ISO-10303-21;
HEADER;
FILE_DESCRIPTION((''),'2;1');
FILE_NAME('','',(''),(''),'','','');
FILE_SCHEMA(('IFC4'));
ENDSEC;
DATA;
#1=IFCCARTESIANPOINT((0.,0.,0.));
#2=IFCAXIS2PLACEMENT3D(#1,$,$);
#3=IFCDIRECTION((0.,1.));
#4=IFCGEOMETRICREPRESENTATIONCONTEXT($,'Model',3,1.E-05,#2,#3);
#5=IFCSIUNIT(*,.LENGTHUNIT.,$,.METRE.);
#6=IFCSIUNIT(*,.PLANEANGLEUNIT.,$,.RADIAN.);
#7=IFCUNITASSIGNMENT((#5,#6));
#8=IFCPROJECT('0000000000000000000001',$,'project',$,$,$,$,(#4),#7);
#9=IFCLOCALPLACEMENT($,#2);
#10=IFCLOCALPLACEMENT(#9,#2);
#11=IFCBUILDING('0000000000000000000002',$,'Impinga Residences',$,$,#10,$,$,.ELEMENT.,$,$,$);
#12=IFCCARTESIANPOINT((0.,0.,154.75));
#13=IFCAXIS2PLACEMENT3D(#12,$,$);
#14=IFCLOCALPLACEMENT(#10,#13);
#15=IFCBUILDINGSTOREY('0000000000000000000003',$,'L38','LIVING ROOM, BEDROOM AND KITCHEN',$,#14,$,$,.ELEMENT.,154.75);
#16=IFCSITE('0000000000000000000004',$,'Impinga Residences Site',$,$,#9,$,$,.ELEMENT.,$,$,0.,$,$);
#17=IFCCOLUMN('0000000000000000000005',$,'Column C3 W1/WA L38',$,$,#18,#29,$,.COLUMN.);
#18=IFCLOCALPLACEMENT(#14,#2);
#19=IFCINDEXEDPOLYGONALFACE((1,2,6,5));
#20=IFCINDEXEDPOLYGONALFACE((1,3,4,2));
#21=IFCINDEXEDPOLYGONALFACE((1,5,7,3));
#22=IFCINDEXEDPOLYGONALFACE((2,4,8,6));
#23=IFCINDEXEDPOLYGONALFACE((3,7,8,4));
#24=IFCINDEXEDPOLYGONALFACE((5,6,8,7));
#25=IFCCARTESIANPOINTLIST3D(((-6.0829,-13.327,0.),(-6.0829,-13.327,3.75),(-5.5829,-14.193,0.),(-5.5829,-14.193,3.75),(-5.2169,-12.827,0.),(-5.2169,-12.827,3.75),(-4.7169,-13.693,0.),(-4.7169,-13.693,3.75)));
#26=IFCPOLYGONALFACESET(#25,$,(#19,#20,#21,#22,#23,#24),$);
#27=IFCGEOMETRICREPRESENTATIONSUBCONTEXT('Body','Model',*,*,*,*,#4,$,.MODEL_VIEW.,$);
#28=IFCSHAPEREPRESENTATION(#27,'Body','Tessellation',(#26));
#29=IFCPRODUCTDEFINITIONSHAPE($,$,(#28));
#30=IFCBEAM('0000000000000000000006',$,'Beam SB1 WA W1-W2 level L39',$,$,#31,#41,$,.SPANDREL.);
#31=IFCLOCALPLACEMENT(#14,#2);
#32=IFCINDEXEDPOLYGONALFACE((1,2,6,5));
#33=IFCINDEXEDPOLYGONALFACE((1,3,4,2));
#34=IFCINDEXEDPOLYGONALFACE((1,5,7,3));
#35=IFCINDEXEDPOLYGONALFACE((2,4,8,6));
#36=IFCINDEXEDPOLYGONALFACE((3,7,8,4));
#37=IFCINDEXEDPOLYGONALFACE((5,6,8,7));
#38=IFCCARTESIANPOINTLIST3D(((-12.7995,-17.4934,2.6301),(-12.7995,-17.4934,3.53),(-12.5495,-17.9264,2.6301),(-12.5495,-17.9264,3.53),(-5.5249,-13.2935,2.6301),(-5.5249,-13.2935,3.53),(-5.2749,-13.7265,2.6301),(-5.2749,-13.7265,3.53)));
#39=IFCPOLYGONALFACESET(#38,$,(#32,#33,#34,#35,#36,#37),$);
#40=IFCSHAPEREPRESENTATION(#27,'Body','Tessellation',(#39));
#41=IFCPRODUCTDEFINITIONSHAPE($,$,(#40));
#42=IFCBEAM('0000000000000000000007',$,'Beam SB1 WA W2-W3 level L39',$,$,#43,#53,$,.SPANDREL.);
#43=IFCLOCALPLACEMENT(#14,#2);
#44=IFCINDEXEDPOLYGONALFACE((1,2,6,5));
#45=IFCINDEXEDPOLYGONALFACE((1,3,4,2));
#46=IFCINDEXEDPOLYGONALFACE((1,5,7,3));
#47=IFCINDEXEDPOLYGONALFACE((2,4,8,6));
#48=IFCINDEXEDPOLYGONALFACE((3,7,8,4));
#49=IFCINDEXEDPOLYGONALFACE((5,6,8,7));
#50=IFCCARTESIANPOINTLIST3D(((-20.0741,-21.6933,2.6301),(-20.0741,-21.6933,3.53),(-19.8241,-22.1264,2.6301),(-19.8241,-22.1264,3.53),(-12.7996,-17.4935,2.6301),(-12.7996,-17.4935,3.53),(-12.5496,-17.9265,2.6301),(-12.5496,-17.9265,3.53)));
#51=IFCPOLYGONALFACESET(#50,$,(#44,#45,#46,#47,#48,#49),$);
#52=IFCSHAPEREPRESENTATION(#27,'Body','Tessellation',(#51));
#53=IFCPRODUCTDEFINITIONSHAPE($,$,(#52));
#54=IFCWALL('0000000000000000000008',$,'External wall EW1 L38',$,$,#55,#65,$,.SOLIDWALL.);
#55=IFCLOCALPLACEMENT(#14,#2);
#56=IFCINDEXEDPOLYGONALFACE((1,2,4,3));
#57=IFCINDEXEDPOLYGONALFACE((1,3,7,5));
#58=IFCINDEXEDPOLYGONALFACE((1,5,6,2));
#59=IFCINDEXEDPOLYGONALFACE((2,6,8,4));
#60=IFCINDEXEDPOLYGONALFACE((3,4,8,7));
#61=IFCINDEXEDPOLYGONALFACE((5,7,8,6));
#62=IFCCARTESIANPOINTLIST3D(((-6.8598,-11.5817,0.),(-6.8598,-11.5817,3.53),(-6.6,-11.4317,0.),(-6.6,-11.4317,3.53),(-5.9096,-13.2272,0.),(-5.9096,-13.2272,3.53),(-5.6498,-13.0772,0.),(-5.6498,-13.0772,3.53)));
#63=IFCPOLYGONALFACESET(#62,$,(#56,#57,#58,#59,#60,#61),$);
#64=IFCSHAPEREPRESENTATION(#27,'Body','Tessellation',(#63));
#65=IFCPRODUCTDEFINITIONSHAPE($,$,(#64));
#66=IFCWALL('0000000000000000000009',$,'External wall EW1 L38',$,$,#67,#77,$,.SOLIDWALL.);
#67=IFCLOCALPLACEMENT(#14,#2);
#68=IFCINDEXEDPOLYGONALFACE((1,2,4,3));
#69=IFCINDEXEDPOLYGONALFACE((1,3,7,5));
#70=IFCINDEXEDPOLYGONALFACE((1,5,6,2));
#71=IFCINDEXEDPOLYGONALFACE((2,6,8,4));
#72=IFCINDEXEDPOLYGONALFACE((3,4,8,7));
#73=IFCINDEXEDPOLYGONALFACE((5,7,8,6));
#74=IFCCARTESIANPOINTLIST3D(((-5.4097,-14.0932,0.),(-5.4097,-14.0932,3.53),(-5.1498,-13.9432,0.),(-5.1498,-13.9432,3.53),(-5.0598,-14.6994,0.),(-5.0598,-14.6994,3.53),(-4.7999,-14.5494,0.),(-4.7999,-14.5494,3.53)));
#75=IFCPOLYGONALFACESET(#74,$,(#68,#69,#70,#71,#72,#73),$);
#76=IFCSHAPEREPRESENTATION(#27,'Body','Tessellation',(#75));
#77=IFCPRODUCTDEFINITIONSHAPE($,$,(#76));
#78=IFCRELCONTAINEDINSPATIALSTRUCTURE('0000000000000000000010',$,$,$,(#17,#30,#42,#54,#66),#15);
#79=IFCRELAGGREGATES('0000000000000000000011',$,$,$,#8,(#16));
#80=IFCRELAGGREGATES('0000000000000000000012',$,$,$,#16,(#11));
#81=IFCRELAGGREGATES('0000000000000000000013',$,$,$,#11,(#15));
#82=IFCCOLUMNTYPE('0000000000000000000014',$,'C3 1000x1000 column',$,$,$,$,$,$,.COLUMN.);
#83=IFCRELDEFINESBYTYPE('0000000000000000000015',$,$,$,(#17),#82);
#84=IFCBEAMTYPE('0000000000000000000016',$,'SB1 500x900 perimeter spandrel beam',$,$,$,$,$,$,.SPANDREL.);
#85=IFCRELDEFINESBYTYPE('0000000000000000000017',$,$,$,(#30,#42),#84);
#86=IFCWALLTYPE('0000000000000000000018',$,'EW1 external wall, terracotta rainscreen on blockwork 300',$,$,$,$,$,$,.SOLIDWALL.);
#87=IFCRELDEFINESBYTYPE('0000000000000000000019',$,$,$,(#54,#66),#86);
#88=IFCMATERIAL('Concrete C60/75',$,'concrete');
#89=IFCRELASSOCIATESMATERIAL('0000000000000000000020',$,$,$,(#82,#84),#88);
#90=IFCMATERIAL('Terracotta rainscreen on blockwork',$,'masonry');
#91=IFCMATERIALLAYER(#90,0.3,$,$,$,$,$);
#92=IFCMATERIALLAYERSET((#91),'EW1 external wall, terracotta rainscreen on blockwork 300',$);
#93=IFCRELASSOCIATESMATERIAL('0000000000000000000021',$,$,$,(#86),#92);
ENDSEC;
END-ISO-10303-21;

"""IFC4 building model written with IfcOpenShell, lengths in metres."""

from ifc_helpers import new_model, si_unit, direction, frame, frame_2d, origin, origin_2d, place, context, subcontext, project, spatial, rectangle, extrude, material, layer, layer_set, material_profile, profile_set, type_object, element, save


model = new_model("IFC4")

# Units and contexts
model_context = context("Model", 3, precision=1e-05, world=origin(), true_north=direction((0.0, 1.0)))
body_context = subcontext(model_context, "Body", "Model", "MODEL_VIEW")
ifc_project = project(units=[si_unit("LENGTHUNIT", "METRE"), si_unit("PLANEANGLEUNIT", "RADIAN")], contexts=[model_context])

# Site, building, storey
site_placement = place(None, origin())
site = spatial("IfcSite", under=ifc_project, at=site_placement, Name="Impinga Residences Site", CompositionType="ELEMENT", RefElevation=0.0)
building_placement = place(site_placement, origin())
building = spatial("IfcBuilding", under=site, at=building_placement, Name="Impinga Residences", CompositionType="ELEMENT")
storey_placement = place(building_placement, frame((0.0, 0.0, 154.75)))
storey = spatial("IfcBuildingStorey", under=building, at=storey_placement, Name="L38", Description="LIVING ROOM, BEDROOM AND KITCHEN", CompositionType="ELEMENT", Elevation=154.75)

# Column
ifc_material_1 = material(Name="Concrete C60/75", Category="concrete")
ifc_material_profile_1 = material_profile(ifc_material_1, rectangle(XDim=1.0, YDim=1.0, at=origin_2d()), Name="RC 1000x1000")
ifc_profile_set_1 = profile_set([ifc_material_profile_1], Name="Concrete C60/75")
column_type = type_object("IfcColumnType", Name="C3 1000x1000 column", PredefinedType="COLUMN", material=ifc_profile_set_1)
column_placement = place(storey_placement, frame((-5.3999, -13.51, 0.0), z_axis=(0.0, 0.0, 1.0), x_axis=(-0.5, 0.866025, 0.0)))
element("IfcColumn", 1, at=column_placement, inside=storey, type_object=column_type, Name="Column C3 W1/WA L38", PredefinedType="COLUMN", context=body_context, shape_type="SweptSolid", body=[
    extrude(rectangle(XDim=1.0, YDim=1.0, at=origin_2d()), origin(), (0.0, 0.0, 1.0), 3.75),
])

# Beams
ifc_material_profile_2 = material_profile(ifc_material_1, rectangle(XDim=0.5, YDim=0.8999, at=origin_2d()), Name="RC 500x900")
ifc_profile_set_2 = profile_set([ifc_material_profile_2], Name="Concrete C60/75")
beam_type = type_object("IfcBeamType", Name="SB1 500x900 perimeter spandrel beam", PredefinedType="SPANDREL", material=ifc_profile_set_2)
for number, where, z_axis, x_axis, name in (
    (2, (-5.3999, -13.51, 3.0801), (-0.866029, -0.499993, 0.0), (0.499993, -0.866029, 0.0), "Beam SB1 WA W1-W2 level L39"),
    (3, (-12.6746, -17.71, 3.0801), (-0.866029, -0.499993, 0.0), (0.499993, -0.866029, 0.0), "Beam SB1 WA W2-W3 level L39"),
):
    element("IfcBeam", number, at=place(storey_placement, frame(where, z_axis=z_axis, x_axis=x_axis)), inside=storey, type_object=beam_type, Name=name, PredefinedType="SPANDREL", context=body_context, shape_type="SweptSolid", body=[
        extrude(rectangle(XDim=0.5, YDim=0.8999, at=origin_2d()), origin(), (0.0, 0.0, 1.0), 8.3999),
    ])

# Walls
ifc_material_2 = material(Name="Terracotta rainscreen on blockwork", Category="masonry")
ifc_layer_1 = layer(ifc_material_2, 0.3)
ifc_layer_set_1 = layer_set([ifc_layer_1], Name="EW1 external wall, terracotta rainscreen on blockwork 300")
wall_type_1 = type_object("IfcWallType", Name="EW1 external wall, terracotta rainscreen on blockwork 300", PredefinedType="SOLIDWALL", material=ifc_layer_set_1)
wall_1_placement = place(storey_placement, frame((-6.73, -11.5066, 0.0), z_axis=(0.0, 0.0, 1.0), x_axis=(0.500064, -0.865989, 0.0)))
element("IfcWall", 4, at=wall_1_placement, inside=storey, type_object=wall_type_1, Name="External wall EW1 L38", PredefinedType="SOLIDWALL", context=body_context, shape_type="SweptSolid", body=[
    extrude(rectangle(XDim=1.9001, YDim=0.3, at=frame_2d((0.9502, 0.0))), origin(), (0.0, 0.0, 1.0), 3.53),
])
wall_2_placement = place(storey_placement, frame((-5.2798, -14.0181, 0.0), z_axis=(0.0, 0.0, 1.0), x_axis=(0.499853, -0.86611, 0.0)))
element("IfcWall", 5, at=wall_2_placement, inside=storey, type_object=wall_type_1, Name="External wall EW1 L38", PredefinedType="SOLIDWALL", context=body_context, shape_type="SweptSolid", body=[
    extrude(rectangle(XDim=0.7, YDim=0.3, at=frame_2d((0.3501, 0.0))), origin(), (0.0, 0.0, 1.0), 3.53),
])

save(model, "model.ifc")
